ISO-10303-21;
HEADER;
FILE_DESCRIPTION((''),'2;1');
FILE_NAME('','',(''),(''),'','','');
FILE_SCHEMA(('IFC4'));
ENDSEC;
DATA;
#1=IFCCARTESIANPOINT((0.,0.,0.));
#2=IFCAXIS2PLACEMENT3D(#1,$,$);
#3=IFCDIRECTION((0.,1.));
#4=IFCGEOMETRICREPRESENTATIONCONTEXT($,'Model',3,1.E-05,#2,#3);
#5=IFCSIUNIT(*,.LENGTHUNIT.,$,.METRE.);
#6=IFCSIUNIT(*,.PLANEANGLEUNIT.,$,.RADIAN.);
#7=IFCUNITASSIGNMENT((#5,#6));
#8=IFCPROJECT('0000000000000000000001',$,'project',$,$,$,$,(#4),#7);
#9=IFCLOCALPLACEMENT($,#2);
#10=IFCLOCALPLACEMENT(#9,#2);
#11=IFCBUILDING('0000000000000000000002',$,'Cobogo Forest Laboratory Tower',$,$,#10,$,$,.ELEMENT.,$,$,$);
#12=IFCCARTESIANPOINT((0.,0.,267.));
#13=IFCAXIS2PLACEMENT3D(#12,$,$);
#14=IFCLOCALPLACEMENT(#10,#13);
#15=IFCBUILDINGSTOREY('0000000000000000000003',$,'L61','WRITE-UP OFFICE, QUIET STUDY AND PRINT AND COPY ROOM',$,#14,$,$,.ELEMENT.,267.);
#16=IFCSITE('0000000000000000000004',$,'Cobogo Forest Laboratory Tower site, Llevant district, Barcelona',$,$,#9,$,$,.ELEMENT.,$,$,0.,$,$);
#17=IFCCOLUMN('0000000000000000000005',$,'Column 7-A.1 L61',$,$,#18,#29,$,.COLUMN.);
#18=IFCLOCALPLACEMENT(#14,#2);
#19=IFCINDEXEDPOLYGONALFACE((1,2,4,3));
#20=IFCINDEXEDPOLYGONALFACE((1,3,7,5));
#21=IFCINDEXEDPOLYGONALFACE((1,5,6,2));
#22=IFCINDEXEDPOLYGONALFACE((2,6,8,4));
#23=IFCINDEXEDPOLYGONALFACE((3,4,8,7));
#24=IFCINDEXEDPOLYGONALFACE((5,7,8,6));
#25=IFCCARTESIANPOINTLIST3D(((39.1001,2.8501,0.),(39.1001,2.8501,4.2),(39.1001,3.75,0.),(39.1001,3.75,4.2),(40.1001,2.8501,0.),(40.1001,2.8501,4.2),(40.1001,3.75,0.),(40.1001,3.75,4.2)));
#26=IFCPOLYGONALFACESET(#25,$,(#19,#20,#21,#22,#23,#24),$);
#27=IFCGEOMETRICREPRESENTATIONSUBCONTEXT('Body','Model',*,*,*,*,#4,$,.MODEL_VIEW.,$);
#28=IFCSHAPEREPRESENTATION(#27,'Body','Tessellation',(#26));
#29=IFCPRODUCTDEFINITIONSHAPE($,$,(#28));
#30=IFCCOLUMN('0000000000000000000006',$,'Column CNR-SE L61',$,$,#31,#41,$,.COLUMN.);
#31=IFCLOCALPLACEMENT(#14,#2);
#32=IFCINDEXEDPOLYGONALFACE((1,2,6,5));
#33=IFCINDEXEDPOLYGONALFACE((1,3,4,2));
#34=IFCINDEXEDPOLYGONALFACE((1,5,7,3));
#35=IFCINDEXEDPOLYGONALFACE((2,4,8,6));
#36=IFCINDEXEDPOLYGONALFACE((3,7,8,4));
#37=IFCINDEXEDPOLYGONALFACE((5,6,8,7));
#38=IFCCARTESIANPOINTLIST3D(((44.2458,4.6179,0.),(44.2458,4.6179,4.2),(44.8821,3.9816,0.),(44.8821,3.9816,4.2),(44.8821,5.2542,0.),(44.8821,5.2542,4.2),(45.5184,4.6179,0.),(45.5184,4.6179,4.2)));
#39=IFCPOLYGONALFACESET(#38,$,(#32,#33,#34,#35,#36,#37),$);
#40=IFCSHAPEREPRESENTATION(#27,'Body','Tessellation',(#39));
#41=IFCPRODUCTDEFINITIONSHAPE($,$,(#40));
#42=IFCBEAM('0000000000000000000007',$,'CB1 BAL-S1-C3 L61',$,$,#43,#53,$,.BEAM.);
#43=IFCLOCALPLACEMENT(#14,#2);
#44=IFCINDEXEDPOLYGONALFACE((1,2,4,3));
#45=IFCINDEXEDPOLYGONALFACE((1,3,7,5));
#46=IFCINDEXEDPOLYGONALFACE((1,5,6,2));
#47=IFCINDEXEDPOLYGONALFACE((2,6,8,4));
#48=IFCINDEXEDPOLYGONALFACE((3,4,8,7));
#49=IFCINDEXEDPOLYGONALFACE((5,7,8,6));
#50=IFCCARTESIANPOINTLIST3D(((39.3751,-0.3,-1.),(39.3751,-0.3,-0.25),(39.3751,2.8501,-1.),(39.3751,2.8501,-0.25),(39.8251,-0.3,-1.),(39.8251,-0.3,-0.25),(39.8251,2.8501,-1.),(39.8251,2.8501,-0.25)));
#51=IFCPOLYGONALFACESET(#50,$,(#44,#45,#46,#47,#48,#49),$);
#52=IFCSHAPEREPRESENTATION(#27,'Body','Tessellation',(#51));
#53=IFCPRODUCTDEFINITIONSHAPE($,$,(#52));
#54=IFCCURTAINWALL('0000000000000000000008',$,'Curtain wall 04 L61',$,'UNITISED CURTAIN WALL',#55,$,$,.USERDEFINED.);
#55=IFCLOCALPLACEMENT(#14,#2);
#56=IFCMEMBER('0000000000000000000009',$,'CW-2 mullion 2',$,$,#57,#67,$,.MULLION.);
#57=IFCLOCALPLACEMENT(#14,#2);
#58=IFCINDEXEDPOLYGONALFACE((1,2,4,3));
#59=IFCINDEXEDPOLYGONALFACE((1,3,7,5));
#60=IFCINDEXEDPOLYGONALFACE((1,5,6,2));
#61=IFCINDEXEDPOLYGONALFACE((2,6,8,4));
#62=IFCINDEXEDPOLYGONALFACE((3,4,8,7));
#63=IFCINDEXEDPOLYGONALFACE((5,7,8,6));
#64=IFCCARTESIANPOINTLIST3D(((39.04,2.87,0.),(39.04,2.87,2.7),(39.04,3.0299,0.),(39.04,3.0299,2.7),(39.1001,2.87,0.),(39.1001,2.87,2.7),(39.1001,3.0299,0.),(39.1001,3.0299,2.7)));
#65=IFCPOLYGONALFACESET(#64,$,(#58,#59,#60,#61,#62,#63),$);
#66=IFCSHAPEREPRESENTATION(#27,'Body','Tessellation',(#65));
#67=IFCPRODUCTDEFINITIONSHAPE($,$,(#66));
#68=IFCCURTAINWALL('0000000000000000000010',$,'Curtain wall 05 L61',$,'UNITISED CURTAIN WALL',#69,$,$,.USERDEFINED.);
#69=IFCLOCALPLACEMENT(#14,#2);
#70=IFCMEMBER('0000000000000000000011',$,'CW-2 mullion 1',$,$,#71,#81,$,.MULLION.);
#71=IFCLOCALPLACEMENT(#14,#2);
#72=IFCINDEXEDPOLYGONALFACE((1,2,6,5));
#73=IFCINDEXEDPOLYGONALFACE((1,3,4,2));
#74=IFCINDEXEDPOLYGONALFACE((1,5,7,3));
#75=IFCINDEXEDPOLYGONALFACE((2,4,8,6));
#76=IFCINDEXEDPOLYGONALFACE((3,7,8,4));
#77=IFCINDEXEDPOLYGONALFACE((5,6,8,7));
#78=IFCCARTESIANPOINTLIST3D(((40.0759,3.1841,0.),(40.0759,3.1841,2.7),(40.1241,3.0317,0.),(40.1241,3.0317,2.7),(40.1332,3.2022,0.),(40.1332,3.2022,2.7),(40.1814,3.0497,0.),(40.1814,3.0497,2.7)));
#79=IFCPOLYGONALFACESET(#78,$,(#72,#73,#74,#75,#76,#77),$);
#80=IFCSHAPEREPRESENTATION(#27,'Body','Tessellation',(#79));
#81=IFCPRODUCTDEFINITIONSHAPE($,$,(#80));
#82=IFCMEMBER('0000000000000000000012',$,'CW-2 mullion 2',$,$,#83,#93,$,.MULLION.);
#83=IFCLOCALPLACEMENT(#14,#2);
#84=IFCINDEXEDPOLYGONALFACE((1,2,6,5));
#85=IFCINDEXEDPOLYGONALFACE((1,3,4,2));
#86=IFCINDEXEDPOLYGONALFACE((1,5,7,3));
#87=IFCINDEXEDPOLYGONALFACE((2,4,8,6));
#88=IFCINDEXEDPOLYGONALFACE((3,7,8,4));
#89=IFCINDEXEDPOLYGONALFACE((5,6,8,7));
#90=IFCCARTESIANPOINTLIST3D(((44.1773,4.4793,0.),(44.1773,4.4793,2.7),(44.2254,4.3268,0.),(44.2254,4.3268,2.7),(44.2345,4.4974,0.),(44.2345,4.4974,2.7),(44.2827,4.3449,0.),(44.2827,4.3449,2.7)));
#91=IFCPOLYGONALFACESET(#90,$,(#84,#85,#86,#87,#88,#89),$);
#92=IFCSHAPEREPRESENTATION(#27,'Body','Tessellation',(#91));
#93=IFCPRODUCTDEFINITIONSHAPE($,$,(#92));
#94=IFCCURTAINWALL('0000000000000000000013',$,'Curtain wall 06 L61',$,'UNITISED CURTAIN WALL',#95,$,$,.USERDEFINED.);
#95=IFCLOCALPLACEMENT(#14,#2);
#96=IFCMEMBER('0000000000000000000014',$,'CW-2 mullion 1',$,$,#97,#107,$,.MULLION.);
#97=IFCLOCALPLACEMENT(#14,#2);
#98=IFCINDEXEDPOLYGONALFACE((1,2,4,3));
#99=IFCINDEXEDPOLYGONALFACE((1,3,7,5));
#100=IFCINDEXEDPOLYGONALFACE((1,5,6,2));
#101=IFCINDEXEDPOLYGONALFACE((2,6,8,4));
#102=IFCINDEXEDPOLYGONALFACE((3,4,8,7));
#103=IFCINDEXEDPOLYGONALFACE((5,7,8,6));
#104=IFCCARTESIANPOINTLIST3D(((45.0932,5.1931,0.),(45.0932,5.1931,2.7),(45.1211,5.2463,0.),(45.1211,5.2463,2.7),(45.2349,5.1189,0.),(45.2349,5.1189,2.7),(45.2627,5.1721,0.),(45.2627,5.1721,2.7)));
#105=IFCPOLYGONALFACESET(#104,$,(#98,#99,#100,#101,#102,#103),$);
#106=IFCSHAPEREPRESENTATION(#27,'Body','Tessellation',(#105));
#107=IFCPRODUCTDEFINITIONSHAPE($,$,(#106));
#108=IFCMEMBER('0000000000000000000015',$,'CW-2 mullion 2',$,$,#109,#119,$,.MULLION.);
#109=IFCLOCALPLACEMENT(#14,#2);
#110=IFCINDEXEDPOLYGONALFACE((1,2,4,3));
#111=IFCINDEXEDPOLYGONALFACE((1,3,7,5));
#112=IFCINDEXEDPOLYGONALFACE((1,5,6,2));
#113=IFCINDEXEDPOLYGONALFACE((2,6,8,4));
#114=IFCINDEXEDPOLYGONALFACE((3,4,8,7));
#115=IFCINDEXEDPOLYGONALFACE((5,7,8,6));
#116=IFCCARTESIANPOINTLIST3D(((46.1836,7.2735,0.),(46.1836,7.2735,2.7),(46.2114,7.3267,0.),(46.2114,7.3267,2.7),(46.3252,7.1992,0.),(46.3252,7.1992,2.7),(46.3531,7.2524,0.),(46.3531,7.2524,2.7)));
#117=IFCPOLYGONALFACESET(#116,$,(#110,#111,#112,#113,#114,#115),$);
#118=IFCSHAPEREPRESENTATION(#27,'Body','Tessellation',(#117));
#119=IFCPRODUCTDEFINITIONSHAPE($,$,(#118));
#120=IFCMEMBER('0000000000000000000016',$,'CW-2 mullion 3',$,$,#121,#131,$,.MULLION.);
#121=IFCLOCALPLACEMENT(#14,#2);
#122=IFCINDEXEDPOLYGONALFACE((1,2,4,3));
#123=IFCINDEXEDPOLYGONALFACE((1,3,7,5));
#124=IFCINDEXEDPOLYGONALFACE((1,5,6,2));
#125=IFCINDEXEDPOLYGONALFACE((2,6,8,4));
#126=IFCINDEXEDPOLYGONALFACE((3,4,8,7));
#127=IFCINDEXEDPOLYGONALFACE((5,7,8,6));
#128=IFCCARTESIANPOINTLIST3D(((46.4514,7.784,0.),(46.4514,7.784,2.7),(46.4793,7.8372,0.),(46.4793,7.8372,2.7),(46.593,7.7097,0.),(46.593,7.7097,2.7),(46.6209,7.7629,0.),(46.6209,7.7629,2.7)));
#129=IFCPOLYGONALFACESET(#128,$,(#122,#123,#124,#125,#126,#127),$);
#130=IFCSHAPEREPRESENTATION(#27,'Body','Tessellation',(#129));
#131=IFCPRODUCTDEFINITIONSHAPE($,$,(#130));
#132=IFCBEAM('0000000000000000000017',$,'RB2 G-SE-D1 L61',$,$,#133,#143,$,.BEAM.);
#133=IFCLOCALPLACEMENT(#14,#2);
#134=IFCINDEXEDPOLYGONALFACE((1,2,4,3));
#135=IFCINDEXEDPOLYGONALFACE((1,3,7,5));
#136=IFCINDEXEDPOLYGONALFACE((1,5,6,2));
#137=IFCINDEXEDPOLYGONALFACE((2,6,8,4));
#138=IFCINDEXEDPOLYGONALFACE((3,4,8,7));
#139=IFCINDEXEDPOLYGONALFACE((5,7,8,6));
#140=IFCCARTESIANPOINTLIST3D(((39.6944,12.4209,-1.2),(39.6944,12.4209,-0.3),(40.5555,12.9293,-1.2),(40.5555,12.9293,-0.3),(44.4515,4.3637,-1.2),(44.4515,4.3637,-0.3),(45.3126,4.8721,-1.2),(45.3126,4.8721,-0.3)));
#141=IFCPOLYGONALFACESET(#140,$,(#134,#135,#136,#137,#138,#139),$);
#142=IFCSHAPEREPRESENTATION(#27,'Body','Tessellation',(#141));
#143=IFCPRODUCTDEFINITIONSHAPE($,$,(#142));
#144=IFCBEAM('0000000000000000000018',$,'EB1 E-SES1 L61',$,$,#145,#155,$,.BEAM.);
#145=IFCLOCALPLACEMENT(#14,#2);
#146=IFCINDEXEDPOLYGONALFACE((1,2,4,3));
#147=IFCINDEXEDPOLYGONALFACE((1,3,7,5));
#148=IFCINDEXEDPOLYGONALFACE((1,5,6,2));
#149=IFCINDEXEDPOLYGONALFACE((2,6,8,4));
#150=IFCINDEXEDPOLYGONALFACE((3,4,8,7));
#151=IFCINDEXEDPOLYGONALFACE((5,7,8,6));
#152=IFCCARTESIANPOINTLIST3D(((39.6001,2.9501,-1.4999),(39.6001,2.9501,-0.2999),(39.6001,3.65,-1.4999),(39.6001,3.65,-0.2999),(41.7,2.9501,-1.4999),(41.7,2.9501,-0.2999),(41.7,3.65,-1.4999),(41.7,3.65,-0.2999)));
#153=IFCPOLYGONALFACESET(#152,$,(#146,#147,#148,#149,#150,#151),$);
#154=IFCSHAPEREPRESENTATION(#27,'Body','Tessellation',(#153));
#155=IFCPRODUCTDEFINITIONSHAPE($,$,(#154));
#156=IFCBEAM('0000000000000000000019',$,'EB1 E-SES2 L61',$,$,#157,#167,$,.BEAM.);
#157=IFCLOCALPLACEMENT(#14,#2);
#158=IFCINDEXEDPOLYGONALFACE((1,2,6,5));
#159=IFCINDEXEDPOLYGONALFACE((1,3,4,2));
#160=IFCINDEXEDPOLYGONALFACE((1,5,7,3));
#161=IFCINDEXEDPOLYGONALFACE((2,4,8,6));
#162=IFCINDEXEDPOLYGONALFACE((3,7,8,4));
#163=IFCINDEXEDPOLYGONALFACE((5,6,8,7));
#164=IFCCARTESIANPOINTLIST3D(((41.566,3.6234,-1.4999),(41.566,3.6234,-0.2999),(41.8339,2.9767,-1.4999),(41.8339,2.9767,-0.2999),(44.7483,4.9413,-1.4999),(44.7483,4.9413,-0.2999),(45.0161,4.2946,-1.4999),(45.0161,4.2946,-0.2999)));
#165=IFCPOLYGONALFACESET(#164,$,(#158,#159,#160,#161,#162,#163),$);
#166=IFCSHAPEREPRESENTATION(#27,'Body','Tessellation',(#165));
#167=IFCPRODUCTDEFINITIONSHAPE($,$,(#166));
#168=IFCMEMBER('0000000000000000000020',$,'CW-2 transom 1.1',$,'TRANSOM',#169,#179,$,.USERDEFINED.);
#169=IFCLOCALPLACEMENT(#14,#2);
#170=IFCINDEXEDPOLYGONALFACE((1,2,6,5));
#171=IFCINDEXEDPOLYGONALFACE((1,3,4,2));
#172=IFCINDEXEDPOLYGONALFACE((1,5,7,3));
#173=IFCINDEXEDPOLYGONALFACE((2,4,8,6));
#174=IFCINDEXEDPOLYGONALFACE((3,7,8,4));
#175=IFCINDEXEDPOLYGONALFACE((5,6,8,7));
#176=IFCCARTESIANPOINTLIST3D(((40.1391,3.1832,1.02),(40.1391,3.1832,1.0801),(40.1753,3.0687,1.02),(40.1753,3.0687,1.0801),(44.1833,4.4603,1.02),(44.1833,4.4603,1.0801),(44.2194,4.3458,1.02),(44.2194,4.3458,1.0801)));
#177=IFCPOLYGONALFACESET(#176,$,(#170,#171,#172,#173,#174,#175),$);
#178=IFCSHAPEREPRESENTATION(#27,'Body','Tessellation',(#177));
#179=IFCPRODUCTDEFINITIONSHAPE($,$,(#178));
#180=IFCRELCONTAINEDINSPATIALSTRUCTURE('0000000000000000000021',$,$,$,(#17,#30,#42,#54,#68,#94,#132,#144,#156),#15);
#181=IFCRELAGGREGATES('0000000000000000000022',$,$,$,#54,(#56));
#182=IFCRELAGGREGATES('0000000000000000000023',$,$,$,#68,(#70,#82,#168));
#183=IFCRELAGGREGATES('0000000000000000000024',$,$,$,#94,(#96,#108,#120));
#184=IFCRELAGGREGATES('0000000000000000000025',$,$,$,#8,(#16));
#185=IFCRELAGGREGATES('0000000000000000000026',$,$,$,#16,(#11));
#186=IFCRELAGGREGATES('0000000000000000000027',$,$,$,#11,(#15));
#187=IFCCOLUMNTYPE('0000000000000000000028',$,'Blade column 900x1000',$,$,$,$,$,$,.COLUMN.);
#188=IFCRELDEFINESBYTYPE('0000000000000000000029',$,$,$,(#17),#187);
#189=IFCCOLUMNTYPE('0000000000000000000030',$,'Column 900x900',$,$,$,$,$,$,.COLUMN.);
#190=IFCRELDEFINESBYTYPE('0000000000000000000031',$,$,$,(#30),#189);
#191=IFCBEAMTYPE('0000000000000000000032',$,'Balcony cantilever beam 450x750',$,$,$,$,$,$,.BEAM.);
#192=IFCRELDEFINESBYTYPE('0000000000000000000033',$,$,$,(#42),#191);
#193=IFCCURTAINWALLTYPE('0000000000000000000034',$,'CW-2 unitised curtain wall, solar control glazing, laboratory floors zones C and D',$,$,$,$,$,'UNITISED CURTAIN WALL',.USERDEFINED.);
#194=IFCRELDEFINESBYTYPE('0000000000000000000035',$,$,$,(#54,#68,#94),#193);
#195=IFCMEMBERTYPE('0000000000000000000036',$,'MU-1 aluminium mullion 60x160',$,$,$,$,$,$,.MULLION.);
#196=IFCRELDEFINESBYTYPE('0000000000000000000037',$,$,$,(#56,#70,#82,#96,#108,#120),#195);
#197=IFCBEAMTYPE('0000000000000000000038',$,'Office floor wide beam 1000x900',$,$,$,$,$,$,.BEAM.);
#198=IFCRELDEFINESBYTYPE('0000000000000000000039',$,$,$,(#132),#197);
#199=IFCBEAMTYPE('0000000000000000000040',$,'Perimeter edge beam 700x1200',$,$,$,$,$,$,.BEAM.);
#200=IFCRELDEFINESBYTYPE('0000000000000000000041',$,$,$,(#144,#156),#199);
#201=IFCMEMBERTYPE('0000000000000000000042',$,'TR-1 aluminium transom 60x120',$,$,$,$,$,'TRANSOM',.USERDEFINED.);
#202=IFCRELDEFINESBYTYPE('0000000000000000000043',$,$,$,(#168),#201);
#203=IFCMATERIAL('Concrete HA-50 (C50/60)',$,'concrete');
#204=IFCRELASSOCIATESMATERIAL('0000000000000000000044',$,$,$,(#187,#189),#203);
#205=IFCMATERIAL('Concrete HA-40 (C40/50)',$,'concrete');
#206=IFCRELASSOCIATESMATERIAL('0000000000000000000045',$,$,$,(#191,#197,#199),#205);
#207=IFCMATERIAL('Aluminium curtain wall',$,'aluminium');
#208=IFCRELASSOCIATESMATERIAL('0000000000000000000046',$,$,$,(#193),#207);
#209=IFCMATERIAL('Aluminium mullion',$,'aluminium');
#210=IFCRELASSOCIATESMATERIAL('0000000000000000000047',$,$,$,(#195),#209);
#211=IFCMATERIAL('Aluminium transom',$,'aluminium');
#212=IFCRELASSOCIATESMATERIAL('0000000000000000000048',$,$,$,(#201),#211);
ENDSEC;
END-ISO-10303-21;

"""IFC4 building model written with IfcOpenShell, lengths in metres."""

from ifc_helpers import new_model, si_unit, direction, frame, origin, origin_2d, place, context, subcontext, project, spatial, rectangle, extrude, material, material_profile, profile_set, type_object, element, aggregate, save


model = new_model("IFC4")

# Units and contexts
model_context = context("Model", 3, precision=1e-05, world=origin(), true_north=direction((0.0, 1.0)))
body_context = subcontext(model_context, "Body", "Model", "MODEL_VIEW")
ifc_project = project(units=[si_unit("LENGTHUNIT", "METRE"), si_unit("PLANEANGLEUNIT", "RADIAN")], contexts=[model_context])

# Site, building, storey
site_placement = place(None, origin())
site = spatial("IfcSite", under=ifc_project, at=site_placement, Name="Cobogo Forest Laboratory Tower site, Llevant district, Barcelona", CompositionType="ELEMENT", RefElevation=0.0)
building_placement = place(site_placement, origin())
building = spatial("IfcBuilding", under=site, at=building_placement, Name="Cobogo Forest Laboratory Tower", CompositionType="ELEMENT")
storey_placement = place(building_placement, frame((0.0, 0.0, 267.0)))
storey = spatial("IfcBuildingStorey", under=building, at=storey_placement, Name="L61", Description="WRITE-UP OFFICE, QUIET STUDY AND PRINT AND COPY ROOM", CompositionType="ELEMENT", Elevation=267.0)

# Columns
ifc_material_1 = material(Name="Concrete HA-50 (C50/60)", Category="concrete")
ifc_material_profile_1 = material_profile(ifc_material_1, rectangle(XDim=1.0, YDim=0.8999, at=origin_2d()), Name="RC 900x1000")
ifc_profile_set_1 = profile_set([ifc_material_profile_1], Name="Concrete HA-50 (C50/60)")
column_type_1 = type_object("IfcColumnType", Name="Blade column 900x1000", PredefinedType="COLUMN", material=ifc_profile_set_1)
column_1_placement = place(storey_placement, frame((39.6001, 3.3, 0.0), z_axis=(0.0, 0.0, 1.0), x_axis=(1.0, 0.0, 0.0)))
element("IfcColumn", 1, at=column_1_placement, inside=storey, type_object=column_type_1, Name="Column 7-A.1 L61", PredefinedType="COLUMN", context=body_context, shape_type="SweptSolid", body=[
    extrude(rectangle(XDim=1.0, YDim=0.8999, at=origin_2d()), origin(), (0.0, 0.0, 1.0), 4.2),
])
ifc_material_profile_2 = material_profile(ifc_material_1, rectangle(XDim=0.8999, YDim=0.8999, at=origin_2d()), Name="RC 900x900")
ifc_profile_set_2 = profile_set([ifc_material_profile_2], Name="Concrete HA-50 (C50/60)")
column_type_2 = type_object("IfcColumnType", Name="Column 900x900", PredefinedType="COLUMN", material=ifc_profile_set_2)
column_2_placement = place(storey_placement, frame((44.8821, 4.6179, 0.0), z_axis=(0.0, 0.0, 1.0), x_axis=(0.707107, 0.707107, 0.0)))
element("IfcColumn", 2, at=column_2_placement, inside=storey, type_object=column_type_2, Name="Column CNR-SE L61", PredefinedType="COLUMN", context=body_context, shape_type="SweptSolid", body=[
    extrude(rectangle(XDim=0.8999, YDim=0.8999, at=origin_2d()), origin(), (0.0, 0.0, 1.0), 4.2),
])

# Beam
ifc_material_2 = material(Name="Concrete HA-40 (C40/50)", Category="concrete")
ifc_material_profile_3 = material_profile(ifc_material_2, rectangle(XDim=0.45, YDim=0.75, at=origin_2d()), Name="RC 450x750")
ifc_profile_set_3 = profile_set([ifc_material_profile_3], Name="Concrete HA-40 (C40/50)")
beam_type_1 = type_object("IfcBeamType", Name="Balcony cantilever beam 450x750", PredefinedType="BEAM", material=ifc_profile_set_3)
beam_1_placement = place(storey_placement, frame((39.6001, 2.8501, -0.625), z_axis=(0.0, -1.0, 0.0), x_axis=(1.0, 0.0, 0.0)))
element("IfcBeam", 3, at=beam_1_placement, inside=storey, type_object=beam_type_1, Name="CB1 BAL-S1-C3 L61", PredefinedType="BEAM", context=body_context, shape_type="SweptSolid", body=[
    extrude(rectangle(XDim=0.45, YDim=0.75, at=origin_2d()), origin(), (0.0, 0.0, 1.0), 3.1501),
])

# Curtain wall, member
ifc_material_3 = material(Name="Aluminium curtain wall", Category="aluminium")
curtain_wall_type = type_object("IfcCurtainWallType", Name="CW-2 unitised curtain wall, solar control glazing, laboratory floors zones C and D", ElementType="UNITISED CURTAIN WALL", PredefinedType="USERDEFINED", material=ifc_material_3)
curtain_wall_1_placement = place(storey_placement, origin())
curtain_wall_1 = element("IfcCurtainWall", 4, at=curtain_wall_1_placement, inside=storey, type_object=curtain_wall_type, Name="Curtain wall 04 L61", ObjectType="UNITISED CURTAIN WALL", PredefinedType="USERDEFINED")
ifc_material_4 = material(Name="Aluminium mullion", Category="aluminium")
ifc_material_profile_4 = material_profile(ifc_material_4, rectangle(XDim=0.0601, YDim=0.1599, at=origin_2d()), Name="AL 60x160")
ifc_profile_set_4 = profile_set([ifc_material_profile_4], Name="Aluminium mullion")
member_type_1 = type_object("IfcMemberType", Name="MU-1 aluminium mullion 60x160", PredefinedType="MULLION", material=ifc_profile_set_4)
member_1_placement = place(storey_placement, frame((39.0701, 2.95, 0.0), z_axis=(0.0, 0.0, 1.0), x_axis=(1.0, 0.0, 0.0)))
member_1 = element("IfcMember", 5, at=member_1_placement, type_object=member_type_1, Name="CW-2 mullion 2", PredefinedType="MULLION", context=body_context, shape_type="SweptSolid", body=[
    extrude(rectangle(XDim=0.0601, YDim=0.1599, at=origin_2d()), origin(), (0.0, 0.0, 1.0), 2.7),
])

# Curtain walls, members
curtain_wall_2_placement = place(storey_placement, origin())
curtain_wall_2 = element("IfcCurtainWall", 6, at=curtain_wall_2_placement, inside=storey, type_object=curtain_wall_type, Name="Curtain wall 05 L61", ObjectType="UNITISED CURTAIN WALL", PredefinedType="USERDEFINED")
member_2_placement = place(storey_placement, frame((40.1287, 3.1169, 0.0), z_axis=(0.0, 0.0, 1.0), x_axis=(0.953581, 0.301135, 0.0)))
member_2 = element("IfcMember", 7, at=member_2_placement, type_object=member_type_1, Name="CW-2 mullion 1", PredefinedType="MULLION", context=body_context, shape_type="SweptSolid", body=[
    extrude(rectangle(XDim=0.0601, YDim=0.1599, at=origin_2d()), origin(), (0.0, 0.0, 1.0), 2.7),
])
member_3_placement = place(storey_placement, frame((44.23, 4.4121, 0.0), z_axis=(0.0, 0.0, 1.0), x_axis=(0.953581, 0.301135, 0.0)))
member_3 = element("IfcMember", 8, at=member_3_placement, type_object=member_type_1, Name="CW-2 mullion 2", PredefinedType="MULLION", context=body_context, shape_type="SweptSolid", body=[
    extrude(rectangle(XDim=0.0601, YDim=0.1599, at=origin_2d()), origin(), (0.0, 0.0, 1.0), 2.7),
])
curtain_wall_3_placement = place(storey_placement, origin())
curtain_wall_3 = element("IfcCurtainWall", 9, at=curtain_wall_3_placement, inside=storey, type_object=curtain_wall_type, Name="Curtain wall 06 L61", ObjectType="UNITISED CURTAIN WALL", PredefinedType="USERDEFINED")
member_4_placement = place(storey_placement, frame((45.178, 5.1826, 0.0), z_axis=(0.0, 0.0, 1.0), x_axis=(0.464284, 0.885686, 0.0)))
member_4 = element("IfcMember", 10, at=member_4_placement, type_object=member_type_1, Name="CW-2 mullion 1", PredefinedType="MULLION", context=body_context, shape_type="SweptSolid", body=[
    extrude(rectangle(XDim=0.0601, YDim=0.1599, at=origin_2d()), origin(), (0.0, 0.0, 1.0), 2.7),
])
member_5_placement = place(storey_placement, frame((46.2683, 7.2629, 0.0), z_axis=(0.0, 0.0, 1.0), x_axis=(0.464284, 0.885686, 0.0)))
member_5 = element("IfcMember", 11, at=member_5_placement, type_object=member_type_1, Name="CW-2 mullion 2", PredefinedType="MULLION", context=body_context, shape_type="SweptSolid", body=[
    extrude(rectangle(XDim=0.0601, YDim=0.1599, at=origin_2d()), origin(), (0.0, 0.0, 1.0), 2.7),
])
member_6_placement = place(storey_placement, frame((46.5361, 7.7734, 0.0), z_axis=(0.0, 0.0, 1.0), x_axis=(0.464284, 0.885686, 0.0)))
member_6 = element("IfcMember", 12, at=member_6_placement, type_object=member_type_1, Name="CW-2 mullion 3", PredefinedType="MULLION", context=body_context, shape_type="SweptSolid", body=[
    extrude(rectangle(XDim=0.0601, YDim=0.1599, at=origin_2d()), origin(), (0.0, 0.0, 1.0), 2.7),
])

# Beams
ifc_material_profile_5 = material_profile(ifc_material_2, rectangle(XDim=1.0, YDim=0.8999, at=origin_2d()), Name="RC 1000x900")
ifc_profile_set_5 = profile_set([ifc_material_profile_5], Name="Concrete HA-40 (C40/50)")
beam_type_2 = type_object("IfcBeamType", Name="Office floor wide beam 1000x900", PredefinedType="BEAM", material=ifc_profile_set_5)
beam_2_placement = place(storey_placement, frame((44.8821, 4.6179, -0.75), z_axis=(-0.508416, 0.861111, 0.0), x_axis=(-0.861111, -0.508416, 0.0)))
element("IfcBeam", 13, at=beam_2_placement, inside=storey, type_object=beam_type_2, Name="RB2 G-SE-D1 L61", PredefinedType="BEAM", context=body_context, shape_type="SweptSolid", body=[
    extrude(rectangle(XDim=1.0, YDim=0.8999, at=origin_2d()), origin(), (0.0, 0.0, 1.0), 9.3567),
])
ifc_material_profile_6 = material_profile(ifc_material_2, rectangle(XDim=0.7, YDim=1.2, at=origin_2d()), Name="RC 700x1200")
ifc_profile_set_6 = profile_set([ifc_material_profile_6], Name="Concrete HA-40 (C40/50)")
beam_type_3 = type_object("IfcBeamType", Name="Perimeter edge beam 700x1200", PredefinedType="BEAM", material=ifc_profile_set_6)
beam_3_placement = place(storey_placement, frame((39.6001, 3.3, -0.8999), z_axis=(1.0, 0.0, 0.0), x_axis=(0.0, 1.0, 0.0)))
element("IfcBeam", 14, at=beam_3_placement, inside=storey, type_object=beam_type_3, Name="EB1 E-SES1 L61", PredefinedType="BEAM", context=body_context, shape_type="SweptSolid", body=[
    extrude(rectangle(XDim=0.7, YDim=1.2, at=origin_2d()), origin(), (0.0, 0.0, 1.0), 2.0999),
])
beam_4_placement = place(storey_placement, frame((41.7, 3.3, -0.8999), z_axis=(0.923901, 0.382631, 0.0), x_axis=(-0.382631, 0.923901, 0.0)))
element("IfcBeam", 15, at=beam_4_placement, inside=storey, type_object=beam_type_3, Name="EB1 E-SES2 L61", PredefinedType="BEAM", context=body_context, shape_type="SweptSolid", body=[
    extrude(rectangle(XDim=0.7, YDim=1.2, at=origin_2d()), origin(), (0.0, 0.0, 1.0), 3.4443),
])

# Member
ifc_material_5 = material(Name="Aluminium transom", Category="aluminium")
ifc_material_profile_7 = material_profile(ifc_material_5, rectangle(XDim=0.1201, YDim=0.0601, at=origin_2d()), Name="AL 60x120")
ifc_profile_set_7 = profile_set([ifc_material_profile_7], Name="Aluminium transom")
member_type_2 = type_object("IfcMemberType", Name="TR-1 aluminium transom 60x120", ElementType="TRANSOM", PredefinedType="USERDEFINED", material=ifc_profile_set_7)
member_7_placement = place(storey_placement, frame((40.1572, 3.126, 1.05), z_axis=(0.953584, 0.301129, 0.0), x_axis=(-0.301129, 0.953584, 0.0)))
member_7 = element("IfcMember", 16, at=member_7_placement, type_object=member_type_2, Name="CW-2 transom 1.1", ObjectType="TRANSOM", PredefinedType="USERDEFINED", context=body_context, shape_type="SweptSolid", body=[
    extrude(rectangle(XDim=0.1201, YDim=0.0601, at=origin_2d()), origin(), (0.0, 0.0, 1.0), 4.241),
])

aggregate(curtain_wall_1, [member_1])
aggregate(curtain_wall_2, [member_2, member_3, member_7])
aggregate(curtain_wall_3, [member_4, member_5, member_6])

save(model, "model.ifc")
